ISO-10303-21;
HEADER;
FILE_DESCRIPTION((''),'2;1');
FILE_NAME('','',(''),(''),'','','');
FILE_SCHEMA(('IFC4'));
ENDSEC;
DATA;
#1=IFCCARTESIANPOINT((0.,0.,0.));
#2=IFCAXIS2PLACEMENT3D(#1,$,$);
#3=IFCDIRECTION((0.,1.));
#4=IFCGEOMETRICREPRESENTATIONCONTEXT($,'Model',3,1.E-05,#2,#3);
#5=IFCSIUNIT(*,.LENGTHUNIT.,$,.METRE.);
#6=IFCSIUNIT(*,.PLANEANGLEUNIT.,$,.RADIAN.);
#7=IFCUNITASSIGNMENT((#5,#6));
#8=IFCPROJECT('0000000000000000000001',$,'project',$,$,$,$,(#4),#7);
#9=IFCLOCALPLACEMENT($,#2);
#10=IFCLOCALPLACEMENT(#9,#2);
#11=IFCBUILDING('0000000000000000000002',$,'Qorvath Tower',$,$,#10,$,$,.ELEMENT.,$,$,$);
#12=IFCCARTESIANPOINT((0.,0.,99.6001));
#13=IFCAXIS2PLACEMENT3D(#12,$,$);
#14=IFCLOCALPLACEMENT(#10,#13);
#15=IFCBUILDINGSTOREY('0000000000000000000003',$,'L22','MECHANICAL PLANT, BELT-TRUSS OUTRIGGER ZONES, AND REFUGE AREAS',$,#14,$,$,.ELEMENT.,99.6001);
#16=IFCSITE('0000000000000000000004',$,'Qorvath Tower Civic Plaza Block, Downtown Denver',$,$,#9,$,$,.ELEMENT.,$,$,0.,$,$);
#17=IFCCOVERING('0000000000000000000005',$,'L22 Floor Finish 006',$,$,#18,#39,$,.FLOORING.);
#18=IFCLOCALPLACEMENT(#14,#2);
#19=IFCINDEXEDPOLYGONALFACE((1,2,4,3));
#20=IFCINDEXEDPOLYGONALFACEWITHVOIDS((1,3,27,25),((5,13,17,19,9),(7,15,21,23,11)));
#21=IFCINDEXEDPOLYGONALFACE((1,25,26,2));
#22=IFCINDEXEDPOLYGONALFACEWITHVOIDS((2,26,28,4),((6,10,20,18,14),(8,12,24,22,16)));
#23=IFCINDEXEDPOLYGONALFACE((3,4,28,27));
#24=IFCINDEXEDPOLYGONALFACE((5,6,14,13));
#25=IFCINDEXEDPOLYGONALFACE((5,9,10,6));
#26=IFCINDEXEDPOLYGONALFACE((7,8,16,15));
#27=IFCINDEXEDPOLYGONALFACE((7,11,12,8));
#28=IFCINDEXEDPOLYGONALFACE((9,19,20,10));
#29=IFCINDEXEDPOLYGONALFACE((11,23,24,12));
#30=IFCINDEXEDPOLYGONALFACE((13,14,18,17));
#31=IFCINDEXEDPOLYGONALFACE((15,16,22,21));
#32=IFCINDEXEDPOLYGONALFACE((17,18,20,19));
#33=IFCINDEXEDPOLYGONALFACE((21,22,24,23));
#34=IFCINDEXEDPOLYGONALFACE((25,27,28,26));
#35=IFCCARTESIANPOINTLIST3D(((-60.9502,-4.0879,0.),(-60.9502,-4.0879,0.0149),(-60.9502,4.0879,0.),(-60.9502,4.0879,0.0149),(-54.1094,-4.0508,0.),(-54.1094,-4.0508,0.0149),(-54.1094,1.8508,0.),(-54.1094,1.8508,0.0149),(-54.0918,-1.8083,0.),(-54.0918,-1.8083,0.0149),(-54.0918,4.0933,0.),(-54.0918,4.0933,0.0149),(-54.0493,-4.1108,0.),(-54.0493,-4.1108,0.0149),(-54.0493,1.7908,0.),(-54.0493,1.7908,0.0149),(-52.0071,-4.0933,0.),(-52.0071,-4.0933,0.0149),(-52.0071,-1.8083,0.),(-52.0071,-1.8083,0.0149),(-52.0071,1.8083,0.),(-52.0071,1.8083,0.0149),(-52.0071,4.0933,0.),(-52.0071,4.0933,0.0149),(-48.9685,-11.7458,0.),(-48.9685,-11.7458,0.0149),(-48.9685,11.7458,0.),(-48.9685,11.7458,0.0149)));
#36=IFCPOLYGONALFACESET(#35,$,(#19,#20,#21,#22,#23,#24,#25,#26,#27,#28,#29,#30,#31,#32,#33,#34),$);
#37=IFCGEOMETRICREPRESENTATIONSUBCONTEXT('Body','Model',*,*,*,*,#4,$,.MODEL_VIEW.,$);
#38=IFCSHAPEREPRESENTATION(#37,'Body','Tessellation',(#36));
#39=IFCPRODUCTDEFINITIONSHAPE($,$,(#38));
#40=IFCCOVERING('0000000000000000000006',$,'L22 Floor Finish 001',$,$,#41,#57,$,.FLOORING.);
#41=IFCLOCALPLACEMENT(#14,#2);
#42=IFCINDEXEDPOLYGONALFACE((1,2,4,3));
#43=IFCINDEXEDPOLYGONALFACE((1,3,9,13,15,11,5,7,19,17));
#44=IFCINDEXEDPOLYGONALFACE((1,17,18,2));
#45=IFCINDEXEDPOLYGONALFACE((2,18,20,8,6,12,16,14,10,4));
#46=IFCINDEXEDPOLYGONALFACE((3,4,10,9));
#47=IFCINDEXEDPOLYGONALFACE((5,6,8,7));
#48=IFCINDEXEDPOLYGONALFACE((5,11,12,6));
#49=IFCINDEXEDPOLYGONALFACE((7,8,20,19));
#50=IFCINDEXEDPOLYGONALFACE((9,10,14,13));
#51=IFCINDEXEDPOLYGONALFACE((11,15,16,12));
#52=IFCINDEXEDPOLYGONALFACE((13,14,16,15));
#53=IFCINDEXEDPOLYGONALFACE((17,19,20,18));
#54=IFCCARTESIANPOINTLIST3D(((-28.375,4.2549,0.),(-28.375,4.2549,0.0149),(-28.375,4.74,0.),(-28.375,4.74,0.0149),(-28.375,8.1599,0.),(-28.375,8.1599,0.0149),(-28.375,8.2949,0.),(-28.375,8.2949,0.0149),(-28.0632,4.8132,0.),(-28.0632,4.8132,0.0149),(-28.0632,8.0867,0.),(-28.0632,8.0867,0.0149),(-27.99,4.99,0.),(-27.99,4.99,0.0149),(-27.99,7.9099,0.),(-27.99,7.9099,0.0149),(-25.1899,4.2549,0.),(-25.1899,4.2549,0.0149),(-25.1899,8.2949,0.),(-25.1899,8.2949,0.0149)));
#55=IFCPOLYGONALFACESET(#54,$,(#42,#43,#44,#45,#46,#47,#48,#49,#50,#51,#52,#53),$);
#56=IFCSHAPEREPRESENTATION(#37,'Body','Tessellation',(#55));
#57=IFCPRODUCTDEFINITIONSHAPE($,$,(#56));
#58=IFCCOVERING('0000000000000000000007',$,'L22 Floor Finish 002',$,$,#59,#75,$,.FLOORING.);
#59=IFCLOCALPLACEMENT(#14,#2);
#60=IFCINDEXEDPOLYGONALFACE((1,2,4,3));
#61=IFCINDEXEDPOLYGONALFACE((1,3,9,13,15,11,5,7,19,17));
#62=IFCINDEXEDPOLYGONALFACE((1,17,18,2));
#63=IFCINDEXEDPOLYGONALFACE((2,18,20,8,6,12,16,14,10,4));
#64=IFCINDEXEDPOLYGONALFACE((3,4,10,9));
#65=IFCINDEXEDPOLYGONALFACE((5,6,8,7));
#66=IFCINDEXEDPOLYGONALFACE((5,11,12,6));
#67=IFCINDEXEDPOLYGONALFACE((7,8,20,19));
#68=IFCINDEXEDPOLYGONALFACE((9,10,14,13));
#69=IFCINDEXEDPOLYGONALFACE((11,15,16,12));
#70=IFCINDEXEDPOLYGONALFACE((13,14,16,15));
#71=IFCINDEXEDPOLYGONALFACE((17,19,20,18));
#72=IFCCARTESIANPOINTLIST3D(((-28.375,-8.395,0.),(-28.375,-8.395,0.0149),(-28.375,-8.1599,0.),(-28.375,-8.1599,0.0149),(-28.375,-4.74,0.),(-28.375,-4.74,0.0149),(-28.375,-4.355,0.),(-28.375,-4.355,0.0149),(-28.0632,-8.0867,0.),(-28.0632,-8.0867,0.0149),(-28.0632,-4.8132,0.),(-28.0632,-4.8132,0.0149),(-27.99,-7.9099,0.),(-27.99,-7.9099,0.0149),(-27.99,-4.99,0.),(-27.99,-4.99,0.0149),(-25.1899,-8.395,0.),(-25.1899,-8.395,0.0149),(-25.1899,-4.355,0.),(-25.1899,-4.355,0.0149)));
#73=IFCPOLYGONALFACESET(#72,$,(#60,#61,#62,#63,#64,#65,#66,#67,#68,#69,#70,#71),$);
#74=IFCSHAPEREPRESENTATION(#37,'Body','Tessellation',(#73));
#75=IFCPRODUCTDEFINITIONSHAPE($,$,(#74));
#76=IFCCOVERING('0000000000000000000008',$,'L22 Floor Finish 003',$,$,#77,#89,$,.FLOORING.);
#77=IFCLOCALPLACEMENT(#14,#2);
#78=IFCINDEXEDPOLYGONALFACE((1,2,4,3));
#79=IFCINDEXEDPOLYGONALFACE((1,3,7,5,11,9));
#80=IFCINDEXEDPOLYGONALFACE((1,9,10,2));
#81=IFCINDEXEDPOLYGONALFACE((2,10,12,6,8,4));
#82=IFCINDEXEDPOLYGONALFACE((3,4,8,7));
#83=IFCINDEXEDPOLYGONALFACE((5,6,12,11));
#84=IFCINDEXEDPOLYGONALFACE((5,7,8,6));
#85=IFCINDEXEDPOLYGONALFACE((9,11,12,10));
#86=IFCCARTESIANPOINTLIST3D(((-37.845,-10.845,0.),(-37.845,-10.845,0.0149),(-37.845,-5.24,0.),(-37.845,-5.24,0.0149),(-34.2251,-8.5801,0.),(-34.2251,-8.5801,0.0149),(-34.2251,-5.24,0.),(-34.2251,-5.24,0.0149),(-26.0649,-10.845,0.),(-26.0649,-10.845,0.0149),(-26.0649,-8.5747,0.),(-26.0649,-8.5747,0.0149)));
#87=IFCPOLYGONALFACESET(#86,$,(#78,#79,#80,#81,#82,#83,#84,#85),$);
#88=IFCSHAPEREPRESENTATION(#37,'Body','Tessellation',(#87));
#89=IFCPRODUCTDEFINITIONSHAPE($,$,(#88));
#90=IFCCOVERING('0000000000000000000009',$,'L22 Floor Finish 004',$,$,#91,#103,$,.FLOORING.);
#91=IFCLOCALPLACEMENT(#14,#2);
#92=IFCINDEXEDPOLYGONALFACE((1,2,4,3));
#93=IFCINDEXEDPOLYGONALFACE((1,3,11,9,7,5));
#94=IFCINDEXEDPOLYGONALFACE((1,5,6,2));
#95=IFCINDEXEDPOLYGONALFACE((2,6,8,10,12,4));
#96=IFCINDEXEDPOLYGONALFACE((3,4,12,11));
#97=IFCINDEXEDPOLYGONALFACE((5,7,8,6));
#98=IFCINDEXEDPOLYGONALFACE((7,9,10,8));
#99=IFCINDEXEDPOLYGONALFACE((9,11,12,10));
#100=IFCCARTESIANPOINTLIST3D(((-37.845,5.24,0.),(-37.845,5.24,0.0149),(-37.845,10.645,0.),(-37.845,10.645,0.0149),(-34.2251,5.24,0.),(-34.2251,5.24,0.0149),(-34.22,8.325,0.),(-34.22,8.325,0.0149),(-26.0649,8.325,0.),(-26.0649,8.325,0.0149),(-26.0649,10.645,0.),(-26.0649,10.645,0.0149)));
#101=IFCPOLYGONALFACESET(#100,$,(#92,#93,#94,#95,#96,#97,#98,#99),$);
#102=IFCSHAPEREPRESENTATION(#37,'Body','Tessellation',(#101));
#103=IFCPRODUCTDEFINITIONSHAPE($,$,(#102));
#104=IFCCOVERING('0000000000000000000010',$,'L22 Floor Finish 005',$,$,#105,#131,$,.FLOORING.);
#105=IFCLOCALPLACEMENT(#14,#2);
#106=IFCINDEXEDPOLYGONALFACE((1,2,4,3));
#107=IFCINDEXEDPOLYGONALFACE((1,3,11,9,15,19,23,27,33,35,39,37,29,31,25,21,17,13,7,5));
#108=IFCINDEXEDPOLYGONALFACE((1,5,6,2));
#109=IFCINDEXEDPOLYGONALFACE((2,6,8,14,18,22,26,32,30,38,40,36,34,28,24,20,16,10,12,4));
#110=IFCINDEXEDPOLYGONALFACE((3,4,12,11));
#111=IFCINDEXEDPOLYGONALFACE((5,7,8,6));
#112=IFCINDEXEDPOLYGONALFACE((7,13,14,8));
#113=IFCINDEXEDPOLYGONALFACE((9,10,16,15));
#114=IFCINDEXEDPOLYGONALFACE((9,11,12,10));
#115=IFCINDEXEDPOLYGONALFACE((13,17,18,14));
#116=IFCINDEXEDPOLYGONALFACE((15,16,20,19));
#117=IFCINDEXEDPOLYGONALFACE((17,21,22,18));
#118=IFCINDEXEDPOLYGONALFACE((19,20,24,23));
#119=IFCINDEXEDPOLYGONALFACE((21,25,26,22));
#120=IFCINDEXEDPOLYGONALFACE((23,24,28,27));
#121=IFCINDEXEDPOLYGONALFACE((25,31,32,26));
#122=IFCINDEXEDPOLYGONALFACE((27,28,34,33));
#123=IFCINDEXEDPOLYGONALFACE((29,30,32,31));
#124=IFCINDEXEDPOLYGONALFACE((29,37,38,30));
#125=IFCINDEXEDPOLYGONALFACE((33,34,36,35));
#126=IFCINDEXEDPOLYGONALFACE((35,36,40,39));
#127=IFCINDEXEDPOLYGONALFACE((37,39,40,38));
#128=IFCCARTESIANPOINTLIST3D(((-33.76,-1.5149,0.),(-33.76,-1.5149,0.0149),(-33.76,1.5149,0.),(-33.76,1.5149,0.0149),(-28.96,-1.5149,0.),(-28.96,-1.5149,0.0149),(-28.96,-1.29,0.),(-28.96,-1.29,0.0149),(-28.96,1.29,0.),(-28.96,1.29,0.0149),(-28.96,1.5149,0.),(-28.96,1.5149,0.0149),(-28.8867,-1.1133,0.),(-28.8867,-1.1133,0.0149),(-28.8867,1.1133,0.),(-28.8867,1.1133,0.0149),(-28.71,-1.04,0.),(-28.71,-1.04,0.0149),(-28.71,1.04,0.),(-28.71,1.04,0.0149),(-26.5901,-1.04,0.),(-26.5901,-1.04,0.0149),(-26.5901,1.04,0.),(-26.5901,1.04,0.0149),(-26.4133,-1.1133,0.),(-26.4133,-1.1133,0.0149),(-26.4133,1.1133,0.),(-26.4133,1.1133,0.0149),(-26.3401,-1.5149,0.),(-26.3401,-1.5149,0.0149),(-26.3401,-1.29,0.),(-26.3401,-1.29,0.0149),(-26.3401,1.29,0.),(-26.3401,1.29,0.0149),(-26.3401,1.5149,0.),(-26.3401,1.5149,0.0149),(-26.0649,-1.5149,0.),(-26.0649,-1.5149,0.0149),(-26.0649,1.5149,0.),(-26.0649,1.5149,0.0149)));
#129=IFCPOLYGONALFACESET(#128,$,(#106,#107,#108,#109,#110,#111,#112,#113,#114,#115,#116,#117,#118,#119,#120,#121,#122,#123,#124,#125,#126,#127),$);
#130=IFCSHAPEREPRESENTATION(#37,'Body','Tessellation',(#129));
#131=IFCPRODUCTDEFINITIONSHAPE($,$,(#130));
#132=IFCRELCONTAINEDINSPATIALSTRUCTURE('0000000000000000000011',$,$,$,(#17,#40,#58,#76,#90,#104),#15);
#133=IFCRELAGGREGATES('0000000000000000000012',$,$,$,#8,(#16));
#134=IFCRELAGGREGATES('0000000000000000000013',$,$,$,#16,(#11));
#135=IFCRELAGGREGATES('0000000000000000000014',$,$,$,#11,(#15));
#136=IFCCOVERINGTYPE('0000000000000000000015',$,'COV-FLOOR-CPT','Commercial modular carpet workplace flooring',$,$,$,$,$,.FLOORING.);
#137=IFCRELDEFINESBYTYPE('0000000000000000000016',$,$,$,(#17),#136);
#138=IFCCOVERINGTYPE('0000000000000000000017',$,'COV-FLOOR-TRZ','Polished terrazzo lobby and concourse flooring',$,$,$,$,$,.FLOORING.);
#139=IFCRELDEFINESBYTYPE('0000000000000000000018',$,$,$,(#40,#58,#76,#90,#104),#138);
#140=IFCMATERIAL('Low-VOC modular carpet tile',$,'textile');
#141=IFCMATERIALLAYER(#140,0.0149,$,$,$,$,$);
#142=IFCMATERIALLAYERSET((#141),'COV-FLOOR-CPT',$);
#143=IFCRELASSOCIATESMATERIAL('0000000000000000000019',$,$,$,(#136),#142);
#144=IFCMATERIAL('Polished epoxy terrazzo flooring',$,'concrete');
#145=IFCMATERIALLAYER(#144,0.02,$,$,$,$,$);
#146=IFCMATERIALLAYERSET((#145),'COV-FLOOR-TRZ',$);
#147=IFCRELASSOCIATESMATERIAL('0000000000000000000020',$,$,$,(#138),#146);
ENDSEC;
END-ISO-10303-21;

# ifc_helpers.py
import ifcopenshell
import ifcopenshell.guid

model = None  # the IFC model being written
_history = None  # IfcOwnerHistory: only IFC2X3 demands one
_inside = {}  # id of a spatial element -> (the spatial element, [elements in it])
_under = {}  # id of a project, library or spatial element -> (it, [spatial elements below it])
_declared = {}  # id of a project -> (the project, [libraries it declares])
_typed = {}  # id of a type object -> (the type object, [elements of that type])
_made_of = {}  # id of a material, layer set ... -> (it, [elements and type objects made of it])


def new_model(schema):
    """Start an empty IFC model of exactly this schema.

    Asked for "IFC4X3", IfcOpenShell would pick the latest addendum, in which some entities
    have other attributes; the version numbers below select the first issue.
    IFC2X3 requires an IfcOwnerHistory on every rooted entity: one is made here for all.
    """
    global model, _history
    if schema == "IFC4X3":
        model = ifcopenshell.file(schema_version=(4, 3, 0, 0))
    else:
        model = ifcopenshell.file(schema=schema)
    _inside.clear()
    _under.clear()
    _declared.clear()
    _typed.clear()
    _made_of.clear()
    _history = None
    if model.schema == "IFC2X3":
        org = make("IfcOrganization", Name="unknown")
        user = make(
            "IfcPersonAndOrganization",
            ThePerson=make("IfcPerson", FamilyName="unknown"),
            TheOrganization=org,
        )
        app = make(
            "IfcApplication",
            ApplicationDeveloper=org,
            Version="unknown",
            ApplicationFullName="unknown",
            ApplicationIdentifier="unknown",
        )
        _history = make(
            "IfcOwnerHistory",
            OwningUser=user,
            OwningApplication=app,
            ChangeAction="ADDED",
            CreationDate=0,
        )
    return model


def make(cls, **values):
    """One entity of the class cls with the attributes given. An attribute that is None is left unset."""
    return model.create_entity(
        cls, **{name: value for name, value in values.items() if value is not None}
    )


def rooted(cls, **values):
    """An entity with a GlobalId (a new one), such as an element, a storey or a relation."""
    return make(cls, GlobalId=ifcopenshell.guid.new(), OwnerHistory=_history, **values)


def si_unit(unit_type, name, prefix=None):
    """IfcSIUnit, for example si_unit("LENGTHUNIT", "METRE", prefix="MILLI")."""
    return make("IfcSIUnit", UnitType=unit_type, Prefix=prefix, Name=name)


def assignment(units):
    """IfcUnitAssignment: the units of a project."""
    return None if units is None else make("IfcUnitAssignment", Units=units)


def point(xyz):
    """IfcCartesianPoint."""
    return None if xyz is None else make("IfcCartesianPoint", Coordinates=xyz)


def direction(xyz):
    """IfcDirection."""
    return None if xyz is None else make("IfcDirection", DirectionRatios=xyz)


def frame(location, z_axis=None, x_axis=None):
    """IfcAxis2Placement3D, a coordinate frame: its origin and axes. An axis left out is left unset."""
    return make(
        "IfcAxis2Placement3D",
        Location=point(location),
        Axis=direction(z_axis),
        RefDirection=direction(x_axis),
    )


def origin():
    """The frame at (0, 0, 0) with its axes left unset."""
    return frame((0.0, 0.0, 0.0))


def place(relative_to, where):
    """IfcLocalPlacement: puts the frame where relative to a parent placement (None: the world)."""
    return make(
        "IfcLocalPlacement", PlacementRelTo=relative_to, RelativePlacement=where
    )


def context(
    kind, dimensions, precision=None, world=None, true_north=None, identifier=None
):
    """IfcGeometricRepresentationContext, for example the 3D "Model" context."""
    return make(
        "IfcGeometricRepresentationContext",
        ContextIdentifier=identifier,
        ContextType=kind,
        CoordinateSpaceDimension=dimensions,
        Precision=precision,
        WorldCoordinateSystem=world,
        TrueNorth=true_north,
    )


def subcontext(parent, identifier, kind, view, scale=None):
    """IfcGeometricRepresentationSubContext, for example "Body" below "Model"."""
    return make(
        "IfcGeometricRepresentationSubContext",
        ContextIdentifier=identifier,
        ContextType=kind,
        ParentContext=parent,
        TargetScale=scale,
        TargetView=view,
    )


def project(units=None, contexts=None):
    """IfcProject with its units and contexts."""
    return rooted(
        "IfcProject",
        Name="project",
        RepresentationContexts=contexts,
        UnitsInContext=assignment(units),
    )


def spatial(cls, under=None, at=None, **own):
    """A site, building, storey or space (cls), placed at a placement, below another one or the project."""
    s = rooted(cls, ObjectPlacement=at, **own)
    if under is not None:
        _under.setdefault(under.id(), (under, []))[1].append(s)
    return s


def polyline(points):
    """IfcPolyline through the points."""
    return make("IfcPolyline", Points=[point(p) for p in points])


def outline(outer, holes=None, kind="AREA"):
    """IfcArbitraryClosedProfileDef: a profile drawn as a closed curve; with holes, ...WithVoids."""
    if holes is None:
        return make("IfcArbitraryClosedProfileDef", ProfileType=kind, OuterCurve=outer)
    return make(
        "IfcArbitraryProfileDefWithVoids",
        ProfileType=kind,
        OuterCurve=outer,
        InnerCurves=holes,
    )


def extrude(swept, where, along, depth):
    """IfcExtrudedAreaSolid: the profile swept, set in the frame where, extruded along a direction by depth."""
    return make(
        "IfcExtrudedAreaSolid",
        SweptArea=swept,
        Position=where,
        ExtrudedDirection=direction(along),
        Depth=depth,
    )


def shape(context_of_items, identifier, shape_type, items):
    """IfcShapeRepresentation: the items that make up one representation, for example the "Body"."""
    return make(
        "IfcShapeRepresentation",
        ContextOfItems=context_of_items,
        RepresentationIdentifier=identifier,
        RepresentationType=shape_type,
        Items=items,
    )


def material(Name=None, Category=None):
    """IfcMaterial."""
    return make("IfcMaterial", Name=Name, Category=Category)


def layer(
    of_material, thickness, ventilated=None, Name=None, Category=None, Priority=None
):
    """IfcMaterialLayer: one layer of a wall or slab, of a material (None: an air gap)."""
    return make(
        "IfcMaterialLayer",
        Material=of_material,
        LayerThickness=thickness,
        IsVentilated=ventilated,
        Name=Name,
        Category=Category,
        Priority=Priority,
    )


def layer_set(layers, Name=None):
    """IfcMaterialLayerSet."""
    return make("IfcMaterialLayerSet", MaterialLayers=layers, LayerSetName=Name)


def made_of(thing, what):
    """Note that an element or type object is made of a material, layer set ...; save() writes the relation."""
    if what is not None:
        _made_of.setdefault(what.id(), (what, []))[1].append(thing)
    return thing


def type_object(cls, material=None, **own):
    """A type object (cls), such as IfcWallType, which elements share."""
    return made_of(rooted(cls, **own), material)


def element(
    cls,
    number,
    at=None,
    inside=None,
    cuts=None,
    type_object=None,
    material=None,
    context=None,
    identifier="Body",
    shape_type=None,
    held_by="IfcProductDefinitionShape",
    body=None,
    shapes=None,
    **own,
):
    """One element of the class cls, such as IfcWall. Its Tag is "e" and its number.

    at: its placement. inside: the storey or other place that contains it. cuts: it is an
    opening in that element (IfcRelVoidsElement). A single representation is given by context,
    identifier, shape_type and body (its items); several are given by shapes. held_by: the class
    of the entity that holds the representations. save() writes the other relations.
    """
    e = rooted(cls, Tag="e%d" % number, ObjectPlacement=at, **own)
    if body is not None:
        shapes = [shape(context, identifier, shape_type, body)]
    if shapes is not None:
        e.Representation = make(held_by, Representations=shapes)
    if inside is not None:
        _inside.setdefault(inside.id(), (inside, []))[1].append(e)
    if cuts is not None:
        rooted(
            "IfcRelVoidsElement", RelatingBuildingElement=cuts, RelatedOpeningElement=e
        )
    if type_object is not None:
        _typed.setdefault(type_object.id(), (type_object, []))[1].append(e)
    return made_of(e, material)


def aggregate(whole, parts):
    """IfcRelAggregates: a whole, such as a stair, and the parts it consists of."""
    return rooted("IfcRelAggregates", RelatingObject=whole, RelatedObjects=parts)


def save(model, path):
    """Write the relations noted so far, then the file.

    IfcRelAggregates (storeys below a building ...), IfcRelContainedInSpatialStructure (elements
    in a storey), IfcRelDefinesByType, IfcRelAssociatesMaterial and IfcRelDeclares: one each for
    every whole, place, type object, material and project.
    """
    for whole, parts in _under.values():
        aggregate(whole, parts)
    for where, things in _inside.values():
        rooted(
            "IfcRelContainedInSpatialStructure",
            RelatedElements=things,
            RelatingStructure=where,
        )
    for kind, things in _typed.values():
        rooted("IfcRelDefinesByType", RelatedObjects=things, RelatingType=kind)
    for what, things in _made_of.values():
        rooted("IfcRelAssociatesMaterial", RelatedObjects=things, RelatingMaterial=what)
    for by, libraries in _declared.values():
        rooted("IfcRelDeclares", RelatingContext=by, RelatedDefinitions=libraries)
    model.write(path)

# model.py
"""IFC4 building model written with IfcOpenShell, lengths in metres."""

from ifc_helpers import new_model, si_unit, direction, frame, origin, place, context, subcontext, project, spatial, polyline, outline, extrude, material, layer, layer_set, type_object, element, save


model = new_model("IFC4")

# Units and contexts
model_context = context("Model", 3, precision=1e-05, world=origin(), true_north=direction((0.0, 1.0)))
body_context = subcontext(model_context, "Body", "Model", "MODEL_VIEW")
ifc_project = project(units=[si_unit("LENGTHUNIT", "METRE"), si_unit("PLANEANGLEUNIT", "RADIAN")], contexts=[model_context])

# Site, building, storey
site_placement = place(None, origin())
site = spatial("IfcSite", under=ifc_project, at=site_placement, Name="Qorvath Tower Civic Plaza Block, Downtown Denver", CompositionType="ELEMENT", RefElevation=0.0)
building_placement = place(site_placement, origin())
building = spatial("IfcBuilding", under=site, at=building_placement, Name="Qorvath Tower", CompositionType="ELEMENT")
storey_placement = place(building_placement, frame((0.0, 0.0, 99.6001)))
storey = spatial("IfcBuildingStorey", under=building, at=storey_placement, Name="L22", Description="MECHANICAL PLANT, BELT-TRUSS OUTRIGGER ZONES, AND REFUGE AREAS", CompositionType="ELEMENT", Elevation=99.6001)

# Coverings
ifc_material_1 = material(Name="Low-VOC modular carpet tile", Category="textile")
ifc_layer_1 = layer(ifc_material_1, 0.0149)
ifc_layer_set_1 = layer_set([ifc_layer_1], Name="COV-FLOOR-CPT")
covering_type_1 = type_object("IfcCoveringType", Name="COV-FLOOR-CPT", Description="Commercial modular carpet workplace flooring", PredefinedType="FLOORING", material=ifc_layer_set_1)
covering_1_placement = place(storey_placement, origin())
element("IfcCovering", 1, at=covering_1_placement, inside=storey, type_object=covering_type_1, Name="L22 Floor Finish 006", PredefinedType="FLOORING", context=body_context, shape_type="SweptSolid", body=[
    extrude(outline(polyline([(-48.9685, -11.7458), (-48.9685, 11.7458), (-60.9502, 4.0879), (-60.9502, -4.0879), (-48.9685, -11.7458)]), holes=[polyline([(-54.1094, -4.0508), (-54.0918, -1.8083), (-52.0071, -1.8083), (-52.0071, -4.0933), (-54.0493, -4.1108), (-54.1094, -4.0508)]), polyline([(-54.1094, 1.8508), (-54.0918, 4.0933), (-52.0071, 4.0933), (-52.0071, 1.8083), (-54.0493, 1.7908), (-54.1094, 1.8508)])]), origin(), (0.0, 0.0, 1.0), 0.0149),
])
ifc_material_2 = material(Name="Polished epoxy terrazzo flooring", Category="concrete")
ifc_layer_2 = layer(ifc_material_2, 0.02)
ifc_layer_set_2 = layer_set([ifc_layer_2], Name="COV-FLOOR-TRZ")
covering_type_2 = type_object("IfcCoveringType", Name="COV-FLOOR-TRZ", Description="Polished terrazzo lobby and concourse flooring", PredefinedType="FLOORING", material=ifc_layer_set_2)
covering_2_placement = place(storey_placement, origin())
element("IfcCovering", 2, at=covering_2_placement, inside=storey, type_object=covering_type_2, Name="L22 Floor Finish 001", PredefinedType="FLOORING", context=body_context, shape_type="SweptSolid", body=[
    extrude(outline(polyline([(-25.1899, 4.2549), (-25.1899, 8.2949), (-28.375, 8.2949), (-28.375, 8.1599), (-28.0632, 8.0867), (-27.99, 7.9099), (-27.99, 4.99), (-28.0632, 4.8132), (-28.375, 4.74), (-28.375, 4.2549), (-25.1899, 4.2549)])), origin(), (0.0, 0.0, 1.0), 0.0149),
])
covering_3_placement = place(storey_placement, origin())
element("IfcCovering", 3, at=covering_3_placement, inside=storey, type_object=covering_type_2, Name="L22 Floor Finish 002", PredefinedType="FLOORING", context=body_context, shape_type="SweptSolid", body=[
    extrude(outline(polyline([(-25.1899, -8.395), (-25.1899, -4.355), (-28.375, -4.355), (-28.375, -4.74), (-28.0632, -4.8132), (-27.99, -4.99), (-27.99, -7.9099), (-28.0632, -8.0867), (-28.375, -8.1599), (-28.375, -8.395), (-25.1899, -8.395)])), origin(), (0.0, 0.0, 1.0), 0.0149),
])
covering_4_placement = place(storey_placement, origin())
element("IfcCovering", 4, at=covering_4_placement, inside=storey, type_object=covering_type_2, Name="L22 Floor Finish 003", PredefinedType="FLOORING", context=body_context, shape_type="SweptSolid", body=[
    extrude(outline(polyline([(-34.2251, -8.5801), (-34.2251, -5.24), (-37.845, -5.24), (-37.845, -10.845), (-26.0649, -10.845), (-26.0649, -8.5747), (-34.2251, -8.5801)])), origin(), (0.0, 0.0, 1.0), 0.0149),
])
covering_5_placement = place(storey_placement, origin())
element("IfcCovering", 5, at=covering_5_placement, inside=storey, type_object=covering_type_2, Name="L22 Floor Finish 004", PredefinedType="FLOORING", context=body_context, shape_type="SweptSolid", body=[
    extrude(outline(polyline([(-26.0649, 8.325), (-26.0649, 10.645), (-37.845, 10.645), (-37.845, 5.24), (-34.2251, 5.24), (-34.22, 8.325), (-26.0649, 8.325)])), origin(), (0.0, 0.0, 1.0), 0.0149),
])
covering_6_placement = place(storey_placement, origin())
element("IfcCovering", 6, at=covering_6_placement, inside=storey, type_object=covering_type_2, Name="L22 Floor Finish 005", PredefinedType="FLOORING", context=body_context, shape_type="SweptSolid", body=[
    extrude(outline(polyline([(-26.0649, -1.5149), (-26.0649, 1.5149), (-26.3401, 1.5149), (-26.3401, 1.29), (-26.4133, 1.1133), (-26.5901, 1.04), (-28.71, 1.04), (-28.8867, 1.1133), (-28.96, 1.29), (-28.96, 1.5149), (-33.76, 1.5149), (-33.76, -1.5149), (-28.96, -1.5149), (-28.96, -1.29), (-28.8867, -1.1133), (-28.71, -1.04), (-26.5901, -1.04), (-26.4133, -1.1133), (-26.3401, -1.29), (-26.3401, -1.5149), (-26.0649, -1.5149)])), origin(), (0.0, 0.0, 1.0), 0.0149),
])

save(model, "model.ifc")
